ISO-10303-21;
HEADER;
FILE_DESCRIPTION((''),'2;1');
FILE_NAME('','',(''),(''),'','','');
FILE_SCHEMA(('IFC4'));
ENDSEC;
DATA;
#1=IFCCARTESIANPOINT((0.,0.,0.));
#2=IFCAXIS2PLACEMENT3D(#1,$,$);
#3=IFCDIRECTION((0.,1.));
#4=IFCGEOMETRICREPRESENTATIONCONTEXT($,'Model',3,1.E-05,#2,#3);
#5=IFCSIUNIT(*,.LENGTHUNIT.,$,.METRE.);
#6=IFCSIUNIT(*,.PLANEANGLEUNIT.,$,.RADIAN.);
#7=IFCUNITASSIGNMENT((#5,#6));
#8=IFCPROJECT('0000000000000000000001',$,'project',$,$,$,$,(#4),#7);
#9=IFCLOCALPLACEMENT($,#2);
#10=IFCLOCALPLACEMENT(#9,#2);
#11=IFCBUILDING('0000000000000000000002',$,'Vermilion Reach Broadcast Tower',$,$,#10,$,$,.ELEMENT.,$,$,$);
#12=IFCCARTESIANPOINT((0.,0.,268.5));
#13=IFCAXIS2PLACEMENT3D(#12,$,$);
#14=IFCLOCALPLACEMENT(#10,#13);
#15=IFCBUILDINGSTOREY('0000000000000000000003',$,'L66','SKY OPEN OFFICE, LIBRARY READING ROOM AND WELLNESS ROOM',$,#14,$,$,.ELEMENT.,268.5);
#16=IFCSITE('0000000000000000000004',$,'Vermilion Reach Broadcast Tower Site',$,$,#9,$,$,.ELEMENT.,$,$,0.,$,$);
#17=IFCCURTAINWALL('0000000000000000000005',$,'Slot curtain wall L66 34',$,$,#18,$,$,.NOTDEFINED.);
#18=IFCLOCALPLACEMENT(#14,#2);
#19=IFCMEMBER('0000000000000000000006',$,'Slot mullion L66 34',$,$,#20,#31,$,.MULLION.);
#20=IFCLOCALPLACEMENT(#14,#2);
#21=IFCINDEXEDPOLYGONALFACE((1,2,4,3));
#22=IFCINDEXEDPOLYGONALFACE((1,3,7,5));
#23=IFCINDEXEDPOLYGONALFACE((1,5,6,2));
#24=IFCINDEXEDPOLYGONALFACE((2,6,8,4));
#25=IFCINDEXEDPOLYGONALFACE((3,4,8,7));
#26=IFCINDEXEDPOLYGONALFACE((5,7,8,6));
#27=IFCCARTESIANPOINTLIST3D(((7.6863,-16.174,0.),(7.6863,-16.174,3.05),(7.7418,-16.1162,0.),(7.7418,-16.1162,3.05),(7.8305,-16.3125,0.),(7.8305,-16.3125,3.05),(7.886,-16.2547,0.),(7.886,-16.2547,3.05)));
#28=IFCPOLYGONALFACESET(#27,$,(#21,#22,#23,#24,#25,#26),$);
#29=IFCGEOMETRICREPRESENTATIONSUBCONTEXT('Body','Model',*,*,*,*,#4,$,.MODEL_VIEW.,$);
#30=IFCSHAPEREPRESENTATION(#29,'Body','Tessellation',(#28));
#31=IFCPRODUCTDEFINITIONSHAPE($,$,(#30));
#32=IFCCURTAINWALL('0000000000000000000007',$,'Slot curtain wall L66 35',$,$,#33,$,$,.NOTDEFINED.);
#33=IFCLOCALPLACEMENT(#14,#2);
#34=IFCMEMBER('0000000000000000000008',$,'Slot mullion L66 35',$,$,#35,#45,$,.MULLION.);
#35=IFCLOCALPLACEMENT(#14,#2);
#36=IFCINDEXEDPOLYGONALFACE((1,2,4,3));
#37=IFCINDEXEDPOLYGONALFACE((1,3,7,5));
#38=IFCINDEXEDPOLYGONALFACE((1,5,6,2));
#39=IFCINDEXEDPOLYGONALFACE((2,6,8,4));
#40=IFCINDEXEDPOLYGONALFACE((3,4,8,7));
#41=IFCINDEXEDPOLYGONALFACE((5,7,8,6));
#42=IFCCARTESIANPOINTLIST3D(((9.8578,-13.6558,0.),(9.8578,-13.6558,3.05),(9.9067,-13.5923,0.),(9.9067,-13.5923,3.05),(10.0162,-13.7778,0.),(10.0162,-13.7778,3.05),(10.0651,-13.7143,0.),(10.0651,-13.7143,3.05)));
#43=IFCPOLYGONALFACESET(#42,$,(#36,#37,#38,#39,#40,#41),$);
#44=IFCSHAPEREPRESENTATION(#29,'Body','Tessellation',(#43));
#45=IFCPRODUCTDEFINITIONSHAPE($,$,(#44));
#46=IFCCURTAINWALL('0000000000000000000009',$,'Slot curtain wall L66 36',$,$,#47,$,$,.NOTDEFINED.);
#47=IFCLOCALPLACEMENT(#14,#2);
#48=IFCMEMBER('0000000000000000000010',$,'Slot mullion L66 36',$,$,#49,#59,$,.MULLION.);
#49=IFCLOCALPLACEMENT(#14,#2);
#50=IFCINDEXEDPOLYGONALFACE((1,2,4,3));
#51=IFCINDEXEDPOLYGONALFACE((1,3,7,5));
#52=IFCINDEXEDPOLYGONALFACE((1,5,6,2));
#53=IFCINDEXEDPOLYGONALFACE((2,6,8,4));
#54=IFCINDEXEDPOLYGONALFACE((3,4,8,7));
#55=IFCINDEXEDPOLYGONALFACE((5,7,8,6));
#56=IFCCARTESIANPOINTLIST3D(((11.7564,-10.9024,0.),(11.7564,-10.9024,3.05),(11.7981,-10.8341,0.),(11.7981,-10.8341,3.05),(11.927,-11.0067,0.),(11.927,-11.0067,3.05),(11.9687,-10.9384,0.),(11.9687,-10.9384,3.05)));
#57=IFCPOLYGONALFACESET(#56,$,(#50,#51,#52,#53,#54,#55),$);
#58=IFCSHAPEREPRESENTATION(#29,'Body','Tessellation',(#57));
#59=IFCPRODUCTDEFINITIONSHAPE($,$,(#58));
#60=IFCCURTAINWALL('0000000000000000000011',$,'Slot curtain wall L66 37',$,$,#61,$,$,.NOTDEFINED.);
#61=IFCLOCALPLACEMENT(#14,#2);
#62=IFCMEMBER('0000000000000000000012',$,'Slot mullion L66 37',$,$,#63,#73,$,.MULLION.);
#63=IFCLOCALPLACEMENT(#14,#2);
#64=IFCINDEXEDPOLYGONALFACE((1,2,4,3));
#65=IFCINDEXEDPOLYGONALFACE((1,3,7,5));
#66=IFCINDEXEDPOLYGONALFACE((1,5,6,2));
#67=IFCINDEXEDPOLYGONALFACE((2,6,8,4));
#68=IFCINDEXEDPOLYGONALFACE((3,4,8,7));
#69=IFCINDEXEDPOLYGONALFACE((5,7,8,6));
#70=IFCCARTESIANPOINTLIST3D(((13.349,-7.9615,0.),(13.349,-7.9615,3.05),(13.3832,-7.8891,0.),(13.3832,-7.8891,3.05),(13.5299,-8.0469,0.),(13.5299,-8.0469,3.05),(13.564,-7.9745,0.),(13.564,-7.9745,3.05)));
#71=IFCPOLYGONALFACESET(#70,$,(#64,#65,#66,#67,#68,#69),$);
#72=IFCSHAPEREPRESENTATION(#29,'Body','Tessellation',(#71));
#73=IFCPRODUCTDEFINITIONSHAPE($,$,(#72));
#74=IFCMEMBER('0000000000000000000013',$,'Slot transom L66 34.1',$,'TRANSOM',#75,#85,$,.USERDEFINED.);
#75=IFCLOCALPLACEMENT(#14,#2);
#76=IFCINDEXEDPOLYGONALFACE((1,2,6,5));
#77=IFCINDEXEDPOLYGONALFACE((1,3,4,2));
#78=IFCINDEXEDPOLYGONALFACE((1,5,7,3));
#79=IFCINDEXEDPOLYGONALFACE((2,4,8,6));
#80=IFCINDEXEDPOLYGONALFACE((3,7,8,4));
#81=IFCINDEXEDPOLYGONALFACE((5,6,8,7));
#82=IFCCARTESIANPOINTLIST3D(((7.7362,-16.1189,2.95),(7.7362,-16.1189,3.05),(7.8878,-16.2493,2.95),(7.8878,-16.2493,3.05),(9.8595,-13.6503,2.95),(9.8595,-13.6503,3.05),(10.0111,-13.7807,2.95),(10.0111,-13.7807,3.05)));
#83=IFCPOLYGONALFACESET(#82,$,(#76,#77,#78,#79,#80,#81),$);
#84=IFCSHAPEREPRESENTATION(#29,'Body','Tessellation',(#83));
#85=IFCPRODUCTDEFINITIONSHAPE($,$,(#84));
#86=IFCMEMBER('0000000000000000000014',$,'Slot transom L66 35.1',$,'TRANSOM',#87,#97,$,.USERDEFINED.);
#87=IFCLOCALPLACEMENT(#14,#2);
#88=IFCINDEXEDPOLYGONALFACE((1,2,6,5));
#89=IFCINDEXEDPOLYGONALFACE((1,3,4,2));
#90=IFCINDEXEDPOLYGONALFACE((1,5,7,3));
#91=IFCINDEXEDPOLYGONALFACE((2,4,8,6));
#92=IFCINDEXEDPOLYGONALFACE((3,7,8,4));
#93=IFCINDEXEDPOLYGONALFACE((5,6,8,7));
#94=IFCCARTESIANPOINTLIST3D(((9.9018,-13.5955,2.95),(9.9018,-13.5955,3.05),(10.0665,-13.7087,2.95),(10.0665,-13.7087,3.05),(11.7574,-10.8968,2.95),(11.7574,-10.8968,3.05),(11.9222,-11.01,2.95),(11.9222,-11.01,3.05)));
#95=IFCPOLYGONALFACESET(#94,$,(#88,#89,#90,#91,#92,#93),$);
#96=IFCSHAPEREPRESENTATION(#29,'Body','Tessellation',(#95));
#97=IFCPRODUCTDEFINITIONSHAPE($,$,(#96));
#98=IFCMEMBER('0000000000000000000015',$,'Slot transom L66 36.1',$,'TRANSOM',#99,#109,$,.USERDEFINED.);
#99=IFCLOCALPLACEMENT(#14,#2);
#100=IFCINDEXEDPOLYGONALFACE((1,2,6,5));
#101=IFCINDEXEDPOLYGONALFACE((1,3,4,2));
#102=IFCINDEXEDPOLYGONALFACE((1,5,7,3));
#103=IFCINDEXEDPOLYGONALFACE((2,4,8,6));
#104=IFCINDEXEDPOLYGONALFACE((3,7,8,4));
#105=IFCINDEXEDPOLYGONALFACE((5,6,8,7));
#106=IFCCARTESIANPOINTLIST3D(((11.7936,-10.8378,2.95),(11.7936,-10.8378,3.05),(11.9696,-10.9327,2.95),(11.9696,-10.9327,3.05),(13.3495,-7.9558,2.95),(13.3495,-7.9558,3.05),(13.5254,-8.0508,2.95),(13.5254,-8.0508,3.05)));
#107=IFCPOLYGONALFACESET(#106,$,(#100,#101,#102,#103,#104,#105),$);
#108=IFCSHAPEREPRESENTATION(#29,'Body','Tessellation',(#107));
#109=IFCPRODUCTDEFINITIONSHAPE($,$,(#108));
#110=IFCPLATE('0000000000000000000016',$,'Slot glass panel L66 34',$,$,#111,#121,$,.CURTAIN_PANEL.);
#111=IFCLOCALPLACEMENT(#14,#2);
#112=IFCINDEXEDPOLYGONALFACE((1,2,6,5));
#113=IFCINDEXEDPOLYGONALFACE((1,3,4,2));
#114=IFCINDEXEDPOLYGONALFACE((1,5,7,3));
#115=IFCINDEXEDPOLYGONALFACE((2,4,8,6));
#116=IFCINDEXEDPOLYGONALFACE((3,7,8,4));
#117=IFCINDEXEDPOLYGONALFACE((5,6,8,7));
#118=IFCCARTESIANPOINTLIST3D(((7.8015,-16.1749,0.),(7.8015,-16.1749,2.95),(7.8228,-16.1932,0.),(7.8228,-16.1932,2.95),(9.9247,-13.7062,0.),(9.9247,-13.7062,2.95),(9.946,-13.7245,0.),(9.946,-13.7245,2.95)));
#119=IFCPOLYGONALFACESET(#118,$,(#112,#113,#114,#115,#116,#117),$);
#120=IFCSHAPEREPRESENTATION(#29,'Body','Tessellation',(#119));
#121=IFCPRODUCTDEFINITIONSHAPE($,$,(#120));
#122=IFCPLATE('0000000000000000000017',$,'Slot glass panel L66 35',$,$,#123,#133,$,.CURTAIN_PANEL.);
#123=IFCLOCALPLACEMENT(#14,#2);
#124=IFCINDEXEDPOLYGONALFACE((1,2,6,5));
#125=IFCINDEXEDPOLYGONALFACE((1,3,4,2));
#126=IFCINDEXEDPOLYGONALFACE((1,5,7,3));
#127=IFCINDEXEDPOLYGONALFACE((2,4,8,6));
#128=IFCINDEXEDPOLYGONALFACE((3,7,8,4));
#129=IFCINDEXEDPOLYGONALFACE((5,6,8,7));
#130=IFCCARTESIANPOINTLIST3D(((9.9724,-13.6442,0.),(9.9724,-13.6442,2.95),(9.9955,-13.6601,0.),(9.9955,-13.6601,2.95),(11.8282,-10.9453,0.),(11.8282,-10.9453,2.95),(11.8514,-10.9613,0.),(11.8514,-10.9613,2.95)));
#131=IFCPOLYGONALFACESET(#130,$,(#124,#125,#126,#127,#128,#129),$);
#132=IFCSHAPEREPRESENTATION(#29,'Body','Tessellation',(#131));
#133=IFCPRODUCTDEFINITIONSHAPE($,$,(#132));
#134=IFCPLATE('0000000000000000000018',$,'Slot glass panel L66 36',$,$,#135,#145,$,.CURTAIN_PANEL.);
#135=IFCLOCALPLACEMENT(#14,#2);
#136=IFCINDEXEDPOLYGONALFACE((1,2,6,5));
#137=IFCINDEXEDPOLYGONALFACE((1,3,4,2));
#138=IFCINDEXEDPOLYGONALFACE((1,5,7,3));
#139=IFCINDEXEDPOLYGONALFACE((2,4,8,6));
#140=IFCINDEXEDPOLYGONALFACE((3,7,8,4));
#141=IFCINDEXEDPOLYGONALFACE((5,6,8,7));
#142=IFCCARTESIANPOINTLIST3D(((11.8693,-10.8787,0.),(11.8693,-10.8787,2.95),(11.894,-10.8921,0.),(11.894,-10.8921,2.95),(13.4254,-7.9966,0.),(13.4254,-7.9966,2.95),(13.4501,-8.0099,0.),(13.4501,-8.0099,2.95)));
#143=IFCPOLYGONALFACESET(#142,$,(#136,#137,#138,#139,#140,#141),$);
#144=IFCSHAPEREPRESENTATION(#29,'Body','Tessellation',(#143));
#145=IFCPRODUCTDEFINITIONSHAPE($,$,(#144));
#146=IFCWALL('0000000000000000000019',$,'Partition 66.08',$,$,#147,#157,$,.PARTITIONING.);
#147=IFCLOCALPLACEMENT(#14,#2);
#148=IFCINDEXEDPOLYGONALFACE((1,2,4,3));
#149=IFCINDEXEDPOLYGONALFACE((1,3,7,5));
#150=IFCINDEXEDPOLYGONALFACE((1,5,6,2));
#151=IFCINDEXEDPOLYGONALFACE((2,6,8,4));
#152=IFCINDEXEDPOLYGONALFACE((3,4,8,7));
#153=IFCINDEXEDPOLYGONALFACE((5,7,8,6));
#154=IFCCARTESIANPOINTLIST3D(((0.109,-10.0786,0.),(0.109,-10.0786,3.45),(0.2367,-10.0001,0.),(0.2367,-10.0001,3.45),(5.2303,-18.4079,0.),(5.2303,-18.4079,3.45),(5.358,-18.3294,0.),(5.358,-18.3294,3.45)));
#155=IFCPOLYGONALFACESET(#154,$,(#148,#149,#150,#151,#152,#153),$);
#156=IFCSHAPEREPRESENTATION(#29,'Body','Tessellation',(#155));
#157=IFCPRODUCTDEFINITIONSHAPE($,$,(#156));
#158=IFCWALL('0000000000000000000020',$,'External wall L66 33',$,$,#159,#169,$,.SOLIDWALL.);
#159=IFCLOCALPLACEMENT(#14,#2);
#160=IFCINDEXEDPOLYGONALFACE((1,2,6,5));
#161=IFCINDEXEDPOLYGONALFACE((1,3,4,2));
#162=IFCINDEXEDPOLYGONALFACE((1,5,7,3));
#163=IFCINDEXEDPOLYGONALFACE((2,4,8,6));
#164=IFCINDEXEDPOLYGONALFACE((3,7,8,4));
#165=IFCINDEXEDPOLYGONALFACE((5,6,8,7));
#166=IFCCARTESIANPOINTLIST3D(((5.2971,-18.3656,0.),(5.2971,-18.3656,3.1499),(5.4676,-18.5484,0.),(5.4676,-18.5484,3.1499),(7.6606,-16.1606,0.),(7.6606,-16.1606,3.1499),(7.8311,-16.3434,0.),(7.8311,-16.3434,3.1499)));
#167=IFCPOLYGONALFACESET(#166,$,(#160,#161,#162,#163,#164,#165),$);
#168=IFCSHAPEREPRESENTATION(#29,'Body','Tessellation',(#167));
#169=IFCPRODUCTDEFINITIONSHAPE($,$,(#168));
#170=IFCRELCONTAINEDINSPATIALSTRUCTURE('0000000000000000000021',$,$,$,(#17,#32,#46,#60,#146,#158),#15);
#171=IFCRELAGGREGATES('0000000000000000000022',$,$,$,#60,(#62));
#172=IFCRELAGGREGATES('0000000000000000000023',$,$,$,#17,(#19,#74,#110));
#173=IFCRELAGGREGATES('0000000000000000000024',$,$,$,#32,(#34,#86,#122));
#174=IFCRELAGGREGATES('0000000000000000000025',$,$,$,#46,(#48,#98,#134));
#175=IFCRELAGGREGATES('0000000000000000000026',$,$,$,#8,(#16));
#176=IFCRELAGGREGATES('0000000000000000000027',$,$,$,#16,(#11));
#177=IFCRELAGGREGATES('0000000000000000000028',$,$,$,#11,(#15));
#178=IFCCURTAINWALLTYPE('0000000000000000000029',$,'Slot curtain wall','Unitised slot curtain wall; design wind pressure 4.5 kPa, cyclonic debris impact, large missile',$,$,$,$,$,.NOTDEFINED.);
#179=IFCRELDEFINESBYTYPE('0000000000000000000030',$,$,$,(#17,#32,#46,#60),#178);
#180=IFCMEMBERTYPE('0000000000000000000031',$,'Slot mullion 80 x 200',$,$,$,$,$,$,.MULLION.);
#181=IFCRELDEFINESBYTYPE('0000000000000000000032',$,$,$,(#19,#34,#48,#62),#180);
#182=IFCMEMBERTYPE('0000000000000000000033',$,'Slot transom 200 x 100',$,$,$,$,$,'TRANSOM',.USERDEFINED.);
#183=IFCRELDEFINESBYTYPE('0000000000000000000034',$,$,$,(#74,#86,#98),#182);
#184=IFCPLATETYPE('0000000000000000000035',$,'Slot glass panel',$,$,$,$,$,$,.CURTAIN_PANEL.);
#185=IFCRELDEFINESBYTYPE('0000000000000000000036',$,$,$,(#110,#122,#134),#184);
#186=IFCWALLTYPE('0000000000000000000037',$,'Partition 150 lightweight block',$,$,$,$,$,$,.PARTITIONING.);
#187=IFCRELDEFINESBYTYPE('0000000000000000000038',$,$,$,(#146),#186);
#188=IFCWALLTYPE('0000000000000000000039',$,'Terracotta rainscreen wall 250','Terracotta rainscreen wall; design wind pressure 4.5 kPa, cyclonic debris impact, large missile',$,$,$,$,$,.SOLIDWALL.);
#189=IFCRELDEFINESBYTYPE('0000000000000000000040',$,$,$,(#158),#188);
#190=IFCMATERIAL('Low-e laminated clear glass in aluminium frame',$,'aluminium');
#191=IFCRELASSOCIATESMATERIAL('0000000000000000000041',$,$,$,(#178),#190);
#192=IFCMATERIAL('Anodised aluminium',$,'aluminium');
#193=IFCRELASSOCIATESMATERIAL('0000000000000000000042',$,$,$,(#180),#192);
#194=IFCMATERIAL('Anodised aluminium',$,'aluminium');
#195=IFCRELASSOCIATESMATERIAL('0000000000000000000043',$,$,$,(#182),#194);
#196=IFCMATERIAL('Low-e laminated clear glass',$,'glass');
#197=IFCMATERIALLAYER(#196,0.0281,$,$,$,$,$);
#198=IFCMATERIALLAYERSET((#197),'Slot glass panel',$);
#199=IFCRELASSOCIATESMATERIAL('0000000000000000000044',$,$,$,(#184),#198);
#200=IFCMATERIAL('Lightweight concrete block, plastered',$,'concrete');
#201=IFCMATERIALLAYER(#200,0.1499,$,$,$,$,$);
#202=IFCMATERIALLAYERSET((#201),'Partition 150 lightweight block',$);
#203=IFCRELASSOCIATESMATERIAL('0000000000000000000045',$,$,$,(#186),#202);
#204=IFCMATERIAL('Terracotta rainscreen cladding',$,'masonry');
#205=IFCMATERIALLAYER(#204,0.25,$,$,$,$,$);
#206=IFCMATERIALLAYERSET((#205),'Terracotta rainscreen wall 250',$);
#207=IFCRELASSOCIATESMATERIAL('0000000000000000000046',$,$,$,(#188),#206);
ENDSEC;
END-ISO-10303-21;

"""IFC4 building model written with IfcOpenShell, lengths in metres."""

from ifc_helpers import new_model, si_unit, direction, frame, frame_2d, origin, origin_2d, place, context, subcontext, project, spatial, rectangle, extrude, material, layer, layer_set, material_profile, profile_set, type_object, element, aggregate, save


model = new_model("IFC4")

# Units and contexts
model_context = context("Model", 3, precision=1e-05, world=origin(), true_north=direction((0.0, 1.0)))
body_context = subcontext(model_context, "Body", "Model", "MODEL_VIEW")
ifc_project = project(units=[si_unit("LENGTHUNIT", "METRE"), si_unit("PLANEANGLEUNIT", "RADIAN")], contexts=[model_context])

# Site, building, storey
site_placement = place(None, origin())
site = spatial("IfcSite", under=ifc_project, at=site_placement, Name="Vermilion Reach Broadcast Tower Site", CompositionType="ELEMENT", RefElevation=0.0)
building_placement = place(site_placement, origin())
building = spatial("IfcBuilding", under=site, at=building_placement, Name="Vermilion Reach Broadcast Tower", CompositionType="ELEMENT")
storey_placement = place(building_placement, frame((0.0, 0.0, 268.5)))
storey = spatial("IfcBuildingStorey", under=building, at=storey_placement, Name="L66", Description="SKY OPEN OFFICE, LIBRARY READING ROOM AND WELLNESS ROOM", CompositionType="ELEMENT", Elevation=268.5)

# Curtain walls, members
ifc_material_1 = material(Name="Low-e laminated clear glass in aluminium frame", Category="aluminium")
curtain_wall_type = type_object("IfcCurtainWallType", Name="Slot curtain wall", Description="Unitised slot curtain wall; design wind pressure 4.5 kPa, cyclonic debris impact, large missile", PredefinedType="NOTDEFINED", material=ifc_material_1)
placement = place(storey_placement, origin())
curtain_wall_1 = element("IfcCurtainWall", 1, at=placement, inside=storey, type_object=curtain_wall_type, Name="Slot curtain wall L66 34", PredefinedType="NOTDEFINED")
ifc_material_2 = material(Name="Anodised aluminium", Category="aluminium")
ifc_material_profile_1 = material_profile(ifc_material_2, rectangle(XDim=0.2, YDim=0.0801, at=origin_2d()), Name="Slot mullion 80 x 200")
ifc_profile_set_1 = profile_set([ifc_material_profile_1], Name="Anodised aluminium")
member_type_1 = type_object("IfcMemberType", Name="Slot mullion 80 x 200", PredefinedType="MULLION", material=ifc_profile_set_1)
member_1_placement = place(storey_placement, frame((7.7861, -16.2144, 0.0), z_axis=(0.0, 0.0, 1.0), x_axis=(-0.721265, 0.692659, 0.0)))
member_1 = element("IfcMember", 2, at=member_1_placement, type_object=member_type_1, Name="Slot mullion L66 34", PredefinedType="MULLION", context=body_context, shape_type="SweptSolid", body=[
    extrude(rectangle(XDim=0.2, YDim=0.0801, at=origin_2d()), origin(), (0.0, 0.0, 1.0), 3.05),
])
curtain_wall_2 = element("IfcCurtainWall", 3, at=placement, inside=storey, type_object=curtain_wall_type, Name="Slot curtain wall L66 35", PredefinedType="NOTDEFINED")
member_2_placement = place(storey_placement, frame((9.9614, -13.6851, 0.0), z_axis=(0.0, 0.0, 1.0), x_axis=(-0.792227, 0.610227, 0.0)))
member_2 = element("IfcMember", 4, at=member_2_placement, type_object=member_type_1, Name="Slot mullion L66 35", PredefinedType="MULLION", context=body_context, shape_type="SweptSolid", body=[
    extrude(rectangle(XDim=0.2, YDim=0.0801, at=origin_2d()), origin(), (0.0, 0.0, 1.0), 3.05),
])
curtain_wall_3 = element("IfcCurtainWall", 5, at=placement, inside=storey, type_object=curtain_wall_type, Name="Slot curtain wall L66 36", PredefinedType="NOTDEFINED")
member_3_placement = place(storey_placement, frame((11.8625, -10.9204, 0.0), z_axis=(0.0, 0.0, 1.0), x_axis=(-0.853187, 0.521605, 0.0)))
member_3 = element("IfcMember", 6, at=member_3_placement, type_object=member_type_1, Name="Slot mullion L66 36", PredefinedType="MULLION", context=body_context, shape_type="SweptSolid", body=[
    extrude(rectangle(XDim=0.2, YDim=0.0801, at=origin_2d()), origin(), (0.0, 0.0, 1.0), 3.05),
])
curtain_wall_4 = element("IfcCurtainWall", 7, at=placement, inside=storey, type_object=curtain_wall_type, Name="Slot curtain wall L66 37", PredefinedType="NOTDEFINED")
member_4_placement = place(storey_placement, frame((13.4565, -7.968, 0.0), z_axis=(0.0, 0.0, 1.0), x_axis=(-0.904276, 0.426949, 0.0)))
member_4 = element("IfcMember", 8, at=member_4_placement, type_object=member_type_1, Name="Slot mullion L66 37", PredefinedType="MULLION", context=body_context, shape_type="SweptSolid", body=[
    extrude(rectangle(XDim=0.2, YDim=0.0801, at=origin_2d()), origin(), (0.0, 0.0, 1.0), 3.05),
])
aggregate(curtain_wall_4, [member_4])

# Members
ifc_material_3 = material(Name="Anodised aluminium", Category="aluminium")
ifc_material_profile_2 = material_profile(ifc_material_3, rectangle(XDim=0.2, YDim=0.1001, at=origin_2d()), Name="Slot transom 200 x 100")
ifc_profile_set_2 = profile_set([ifc_material_profile_2], Name="Anodised aluminium")
member_type_2 = type_object("IfcMemberType", Name="Slot transom 200 x 100", ElementType="TRANSOM", PredefinedType="USERDEFINED", material=ifc_profile_set_2)
member_5_placement = place(storey_placement, frame((7.812, -16.1841, 3.0), z_axis=(0.652106, 0.758128, 0.0), x_axis=(-0.758128, 0.652106, 0.0)))
member_5 = element("IfcMember", 9, at=member_5_placement, type_object=member_type_2, Name="Slot transom L66 34.1", ObjectType="TRANSOM", PredefinedType="USERDEFINED", context=body_context, shape_type="SweptSolid", body=[
    extrude(rectangle(XDim=0.2, YDim=0.1001, at=origin_2d()), origin(), (0.0, 0.0, 1.0), 3.2561),
])
member_6_placement = place(storey_placement, frame((9.9841, -13.6521, 3.0), z_axis=(0.566598, 0.823994, 0.0), x_axis=(-0.823994, 0.566598, 0.0)))
member_6 = element("IfcMember", 10, at=member_6_placement, type_object=member_type_2, Name="Slot transom L66 35.1", ObjectType="TRANSOM", PredefinedType="USERDEFINED", context=body_context, shape_type="SweptSolid", body=[
    extrude(rectangle(XDim=0.2, YDim=0.1001, at=origin_2d()), origin(), (0.0, 0.0, 1.0), 3.2751),
])
member_7_placement = place(storey_placement, frame((11.8816, -10.8853, 3.0), z_axis=(0.475051, 0.879958, 0.0), x_axis=(-0.879958, 0.475051, 0.0)))
member_7 = element("IfcMember", 11, at=member_7_placement, type_object=member_type_2, Name="Slot transom L66 36.1", ObjectType="TRANSOM", PredefinedType="USERDEFINED", context=body_context, shape_type="SweptSolid", body=[
    extrude(rectangle(XDim=0.2, YDim=0.1001, at=origin_2d()), origin(), (0.0, 0.0, 1.0), 3.2751),
])

# Plates
ifc_material_4 = material(Name="Low-e laminated clear glass", Category="glass")
ifc_layer_1 = layer(ifc_material_4, 0.0281)
ifc_layer_set_1 = layer_set([ifc_layer_1], Name="Slot glass panel")
plate_type = type_object("IfcPlateType", Name="Slot glass panel", PredefinedType="CURTAIN_PANEL", material=ifc_layer_set_1)
plate_1_placement = place(storey_placement, frame((8.8738, -14.9497, 0.0), z_axis=(0.0, 0.0, 1.0), x_axis=(0.652066, 0.758162, 0.0)))
plate_1 = element("IfcPlate", 12, at=plate_1_placement, type_object=plate_type, Name="Slot glass panel L66 34", PredefinedType="CURTAIN_PANEL", context=body_context, shape_type="SweptSolid", body=[
    extrude(rectangle(XDim=3.2561, YDim=0.0281, at=origin_2d()), origin(), (0.0, 0.0, 1.0), 2.95),
])
aggregate(curtain_wall_1, [member_1, member_5, plate_1])
plate_2_placement = place(storey_placement, frame((10.9119, -12.3027, 0.0), z_axis=(0.0, 0.0, 1.0), x_axis=(0.566612, 0.823985, 0.0)))
plate_2 = element("IfcPlate", 13, at=plate_2_placement, type_object=plate_type, Name="Slot glass panel L66 35", PredefinedType="CURTAIN_PANEL", context=body_context, shape_type="SweptSolid", body=[
    extrude(rectangle(XDim=3.2754, YDim=0.0281, at=origin_2d()), origin(), (0.0, 0.0, 1.0), 2.95),
])
aggregate(curtain_wall_2, [member_2, member_6, plate_2])
plate_3_placement = place(storey_placement, frame((12.6597, -9.4443, 0.0), z_axis=(0.0, 0.0, 1.0), x_axis=(0.475097, 0.879933, 0.0)))
plate_3 = element("IfcPlate", 14, at=plate_3_placement, type_object=plate_type, Name="Slot glass panel L66 36", PredefinedType="CURTAIN_PANEL", context=body_context, shape_type="SweptSolid", body=[
    extrude(rectangle(XDim=3.2754, YDim=0.0281, at=origin_2d()), origin(), (0.0, 0.0, 1.0), 2.95),
])
aggregate(curtain_wall_3, [member_3, member_7, plate_3])

# Walls
ifc_material_5 = material(Name="Lightweight concrete block, plastered", Category="concrete")
ifc_layer_2 = layer(ifc_material_5, 0.1499)
ifc_layer_set_2 = layer_set([ifc_layer_2], Name="Partition 150 lightweight block")
wall_type_1 = type_object("IfcWallType", Name="Partition 150 lightweight block", PredefinedType="PARTITIONING", material=ifc_layer_set_2)
wall_1_placement = place(storey_placement, frame((5.2942, -18.3687, 0.0), z_axis=(0.0, 0.0, 1.0), x_axis=(-0.52377, 0.85186, 0.0)))
element("IfcWall", 15, at=wall_1_placement, inside=storey, type_object=wall_type_1, Name="Partition 66.08", PredefinedType="PARTITIONING", context=body_context, shape_type="SweptSolid", body=[
    extrude(rectangle(XDim=9.7778, YDim=0.1499, at=frame_2d((4.8889, 0.0))), origin(), (0.0, 0.0, 1.0), 3.45),
])
ifc_material_6 = material(Name="Terracotta rainscreen cladding", Category="masonry")
ifc_layer_3 = layer(ifc_material_6, 0.25)
ifc_layer_set_3 = layer_set([ifc_layer_3], Name="Terracotta rainscreen wall 250")
wall_type_2 = type_object("IfcWallType", Name="Terracotta rainscreen wall 250", Description="Terracotta rainscreen wall; design wind pressure 4.5 kPa, cyclonic debris impact, large missile", PredefinedType="SOLIDWALL", material=ifc_layer_set_3)
wall_2_placement = place(storey_placement, frame((5.3823, -18.457, 0.0), z_axis=(0.0, 0.0, 1.0), x_axis=(0.731191, 0.682173, 0.0)))
element("IfcWall", 16, at=wall_2_placement, inside=storey, type_object=wall_type_2, Name="External wall L66 33", PredefinedType="SOLIDWALL", context=body_context, shape_type="SweptSolid", body=[
    extrude(rectangle(XDim=3.2324, YDim=0.25, at=frame_2d((1.6162, 0.0))), origin(), (0.0, 0.0, 1.0), 3.1499),
])

save(model, "model.ifc")
